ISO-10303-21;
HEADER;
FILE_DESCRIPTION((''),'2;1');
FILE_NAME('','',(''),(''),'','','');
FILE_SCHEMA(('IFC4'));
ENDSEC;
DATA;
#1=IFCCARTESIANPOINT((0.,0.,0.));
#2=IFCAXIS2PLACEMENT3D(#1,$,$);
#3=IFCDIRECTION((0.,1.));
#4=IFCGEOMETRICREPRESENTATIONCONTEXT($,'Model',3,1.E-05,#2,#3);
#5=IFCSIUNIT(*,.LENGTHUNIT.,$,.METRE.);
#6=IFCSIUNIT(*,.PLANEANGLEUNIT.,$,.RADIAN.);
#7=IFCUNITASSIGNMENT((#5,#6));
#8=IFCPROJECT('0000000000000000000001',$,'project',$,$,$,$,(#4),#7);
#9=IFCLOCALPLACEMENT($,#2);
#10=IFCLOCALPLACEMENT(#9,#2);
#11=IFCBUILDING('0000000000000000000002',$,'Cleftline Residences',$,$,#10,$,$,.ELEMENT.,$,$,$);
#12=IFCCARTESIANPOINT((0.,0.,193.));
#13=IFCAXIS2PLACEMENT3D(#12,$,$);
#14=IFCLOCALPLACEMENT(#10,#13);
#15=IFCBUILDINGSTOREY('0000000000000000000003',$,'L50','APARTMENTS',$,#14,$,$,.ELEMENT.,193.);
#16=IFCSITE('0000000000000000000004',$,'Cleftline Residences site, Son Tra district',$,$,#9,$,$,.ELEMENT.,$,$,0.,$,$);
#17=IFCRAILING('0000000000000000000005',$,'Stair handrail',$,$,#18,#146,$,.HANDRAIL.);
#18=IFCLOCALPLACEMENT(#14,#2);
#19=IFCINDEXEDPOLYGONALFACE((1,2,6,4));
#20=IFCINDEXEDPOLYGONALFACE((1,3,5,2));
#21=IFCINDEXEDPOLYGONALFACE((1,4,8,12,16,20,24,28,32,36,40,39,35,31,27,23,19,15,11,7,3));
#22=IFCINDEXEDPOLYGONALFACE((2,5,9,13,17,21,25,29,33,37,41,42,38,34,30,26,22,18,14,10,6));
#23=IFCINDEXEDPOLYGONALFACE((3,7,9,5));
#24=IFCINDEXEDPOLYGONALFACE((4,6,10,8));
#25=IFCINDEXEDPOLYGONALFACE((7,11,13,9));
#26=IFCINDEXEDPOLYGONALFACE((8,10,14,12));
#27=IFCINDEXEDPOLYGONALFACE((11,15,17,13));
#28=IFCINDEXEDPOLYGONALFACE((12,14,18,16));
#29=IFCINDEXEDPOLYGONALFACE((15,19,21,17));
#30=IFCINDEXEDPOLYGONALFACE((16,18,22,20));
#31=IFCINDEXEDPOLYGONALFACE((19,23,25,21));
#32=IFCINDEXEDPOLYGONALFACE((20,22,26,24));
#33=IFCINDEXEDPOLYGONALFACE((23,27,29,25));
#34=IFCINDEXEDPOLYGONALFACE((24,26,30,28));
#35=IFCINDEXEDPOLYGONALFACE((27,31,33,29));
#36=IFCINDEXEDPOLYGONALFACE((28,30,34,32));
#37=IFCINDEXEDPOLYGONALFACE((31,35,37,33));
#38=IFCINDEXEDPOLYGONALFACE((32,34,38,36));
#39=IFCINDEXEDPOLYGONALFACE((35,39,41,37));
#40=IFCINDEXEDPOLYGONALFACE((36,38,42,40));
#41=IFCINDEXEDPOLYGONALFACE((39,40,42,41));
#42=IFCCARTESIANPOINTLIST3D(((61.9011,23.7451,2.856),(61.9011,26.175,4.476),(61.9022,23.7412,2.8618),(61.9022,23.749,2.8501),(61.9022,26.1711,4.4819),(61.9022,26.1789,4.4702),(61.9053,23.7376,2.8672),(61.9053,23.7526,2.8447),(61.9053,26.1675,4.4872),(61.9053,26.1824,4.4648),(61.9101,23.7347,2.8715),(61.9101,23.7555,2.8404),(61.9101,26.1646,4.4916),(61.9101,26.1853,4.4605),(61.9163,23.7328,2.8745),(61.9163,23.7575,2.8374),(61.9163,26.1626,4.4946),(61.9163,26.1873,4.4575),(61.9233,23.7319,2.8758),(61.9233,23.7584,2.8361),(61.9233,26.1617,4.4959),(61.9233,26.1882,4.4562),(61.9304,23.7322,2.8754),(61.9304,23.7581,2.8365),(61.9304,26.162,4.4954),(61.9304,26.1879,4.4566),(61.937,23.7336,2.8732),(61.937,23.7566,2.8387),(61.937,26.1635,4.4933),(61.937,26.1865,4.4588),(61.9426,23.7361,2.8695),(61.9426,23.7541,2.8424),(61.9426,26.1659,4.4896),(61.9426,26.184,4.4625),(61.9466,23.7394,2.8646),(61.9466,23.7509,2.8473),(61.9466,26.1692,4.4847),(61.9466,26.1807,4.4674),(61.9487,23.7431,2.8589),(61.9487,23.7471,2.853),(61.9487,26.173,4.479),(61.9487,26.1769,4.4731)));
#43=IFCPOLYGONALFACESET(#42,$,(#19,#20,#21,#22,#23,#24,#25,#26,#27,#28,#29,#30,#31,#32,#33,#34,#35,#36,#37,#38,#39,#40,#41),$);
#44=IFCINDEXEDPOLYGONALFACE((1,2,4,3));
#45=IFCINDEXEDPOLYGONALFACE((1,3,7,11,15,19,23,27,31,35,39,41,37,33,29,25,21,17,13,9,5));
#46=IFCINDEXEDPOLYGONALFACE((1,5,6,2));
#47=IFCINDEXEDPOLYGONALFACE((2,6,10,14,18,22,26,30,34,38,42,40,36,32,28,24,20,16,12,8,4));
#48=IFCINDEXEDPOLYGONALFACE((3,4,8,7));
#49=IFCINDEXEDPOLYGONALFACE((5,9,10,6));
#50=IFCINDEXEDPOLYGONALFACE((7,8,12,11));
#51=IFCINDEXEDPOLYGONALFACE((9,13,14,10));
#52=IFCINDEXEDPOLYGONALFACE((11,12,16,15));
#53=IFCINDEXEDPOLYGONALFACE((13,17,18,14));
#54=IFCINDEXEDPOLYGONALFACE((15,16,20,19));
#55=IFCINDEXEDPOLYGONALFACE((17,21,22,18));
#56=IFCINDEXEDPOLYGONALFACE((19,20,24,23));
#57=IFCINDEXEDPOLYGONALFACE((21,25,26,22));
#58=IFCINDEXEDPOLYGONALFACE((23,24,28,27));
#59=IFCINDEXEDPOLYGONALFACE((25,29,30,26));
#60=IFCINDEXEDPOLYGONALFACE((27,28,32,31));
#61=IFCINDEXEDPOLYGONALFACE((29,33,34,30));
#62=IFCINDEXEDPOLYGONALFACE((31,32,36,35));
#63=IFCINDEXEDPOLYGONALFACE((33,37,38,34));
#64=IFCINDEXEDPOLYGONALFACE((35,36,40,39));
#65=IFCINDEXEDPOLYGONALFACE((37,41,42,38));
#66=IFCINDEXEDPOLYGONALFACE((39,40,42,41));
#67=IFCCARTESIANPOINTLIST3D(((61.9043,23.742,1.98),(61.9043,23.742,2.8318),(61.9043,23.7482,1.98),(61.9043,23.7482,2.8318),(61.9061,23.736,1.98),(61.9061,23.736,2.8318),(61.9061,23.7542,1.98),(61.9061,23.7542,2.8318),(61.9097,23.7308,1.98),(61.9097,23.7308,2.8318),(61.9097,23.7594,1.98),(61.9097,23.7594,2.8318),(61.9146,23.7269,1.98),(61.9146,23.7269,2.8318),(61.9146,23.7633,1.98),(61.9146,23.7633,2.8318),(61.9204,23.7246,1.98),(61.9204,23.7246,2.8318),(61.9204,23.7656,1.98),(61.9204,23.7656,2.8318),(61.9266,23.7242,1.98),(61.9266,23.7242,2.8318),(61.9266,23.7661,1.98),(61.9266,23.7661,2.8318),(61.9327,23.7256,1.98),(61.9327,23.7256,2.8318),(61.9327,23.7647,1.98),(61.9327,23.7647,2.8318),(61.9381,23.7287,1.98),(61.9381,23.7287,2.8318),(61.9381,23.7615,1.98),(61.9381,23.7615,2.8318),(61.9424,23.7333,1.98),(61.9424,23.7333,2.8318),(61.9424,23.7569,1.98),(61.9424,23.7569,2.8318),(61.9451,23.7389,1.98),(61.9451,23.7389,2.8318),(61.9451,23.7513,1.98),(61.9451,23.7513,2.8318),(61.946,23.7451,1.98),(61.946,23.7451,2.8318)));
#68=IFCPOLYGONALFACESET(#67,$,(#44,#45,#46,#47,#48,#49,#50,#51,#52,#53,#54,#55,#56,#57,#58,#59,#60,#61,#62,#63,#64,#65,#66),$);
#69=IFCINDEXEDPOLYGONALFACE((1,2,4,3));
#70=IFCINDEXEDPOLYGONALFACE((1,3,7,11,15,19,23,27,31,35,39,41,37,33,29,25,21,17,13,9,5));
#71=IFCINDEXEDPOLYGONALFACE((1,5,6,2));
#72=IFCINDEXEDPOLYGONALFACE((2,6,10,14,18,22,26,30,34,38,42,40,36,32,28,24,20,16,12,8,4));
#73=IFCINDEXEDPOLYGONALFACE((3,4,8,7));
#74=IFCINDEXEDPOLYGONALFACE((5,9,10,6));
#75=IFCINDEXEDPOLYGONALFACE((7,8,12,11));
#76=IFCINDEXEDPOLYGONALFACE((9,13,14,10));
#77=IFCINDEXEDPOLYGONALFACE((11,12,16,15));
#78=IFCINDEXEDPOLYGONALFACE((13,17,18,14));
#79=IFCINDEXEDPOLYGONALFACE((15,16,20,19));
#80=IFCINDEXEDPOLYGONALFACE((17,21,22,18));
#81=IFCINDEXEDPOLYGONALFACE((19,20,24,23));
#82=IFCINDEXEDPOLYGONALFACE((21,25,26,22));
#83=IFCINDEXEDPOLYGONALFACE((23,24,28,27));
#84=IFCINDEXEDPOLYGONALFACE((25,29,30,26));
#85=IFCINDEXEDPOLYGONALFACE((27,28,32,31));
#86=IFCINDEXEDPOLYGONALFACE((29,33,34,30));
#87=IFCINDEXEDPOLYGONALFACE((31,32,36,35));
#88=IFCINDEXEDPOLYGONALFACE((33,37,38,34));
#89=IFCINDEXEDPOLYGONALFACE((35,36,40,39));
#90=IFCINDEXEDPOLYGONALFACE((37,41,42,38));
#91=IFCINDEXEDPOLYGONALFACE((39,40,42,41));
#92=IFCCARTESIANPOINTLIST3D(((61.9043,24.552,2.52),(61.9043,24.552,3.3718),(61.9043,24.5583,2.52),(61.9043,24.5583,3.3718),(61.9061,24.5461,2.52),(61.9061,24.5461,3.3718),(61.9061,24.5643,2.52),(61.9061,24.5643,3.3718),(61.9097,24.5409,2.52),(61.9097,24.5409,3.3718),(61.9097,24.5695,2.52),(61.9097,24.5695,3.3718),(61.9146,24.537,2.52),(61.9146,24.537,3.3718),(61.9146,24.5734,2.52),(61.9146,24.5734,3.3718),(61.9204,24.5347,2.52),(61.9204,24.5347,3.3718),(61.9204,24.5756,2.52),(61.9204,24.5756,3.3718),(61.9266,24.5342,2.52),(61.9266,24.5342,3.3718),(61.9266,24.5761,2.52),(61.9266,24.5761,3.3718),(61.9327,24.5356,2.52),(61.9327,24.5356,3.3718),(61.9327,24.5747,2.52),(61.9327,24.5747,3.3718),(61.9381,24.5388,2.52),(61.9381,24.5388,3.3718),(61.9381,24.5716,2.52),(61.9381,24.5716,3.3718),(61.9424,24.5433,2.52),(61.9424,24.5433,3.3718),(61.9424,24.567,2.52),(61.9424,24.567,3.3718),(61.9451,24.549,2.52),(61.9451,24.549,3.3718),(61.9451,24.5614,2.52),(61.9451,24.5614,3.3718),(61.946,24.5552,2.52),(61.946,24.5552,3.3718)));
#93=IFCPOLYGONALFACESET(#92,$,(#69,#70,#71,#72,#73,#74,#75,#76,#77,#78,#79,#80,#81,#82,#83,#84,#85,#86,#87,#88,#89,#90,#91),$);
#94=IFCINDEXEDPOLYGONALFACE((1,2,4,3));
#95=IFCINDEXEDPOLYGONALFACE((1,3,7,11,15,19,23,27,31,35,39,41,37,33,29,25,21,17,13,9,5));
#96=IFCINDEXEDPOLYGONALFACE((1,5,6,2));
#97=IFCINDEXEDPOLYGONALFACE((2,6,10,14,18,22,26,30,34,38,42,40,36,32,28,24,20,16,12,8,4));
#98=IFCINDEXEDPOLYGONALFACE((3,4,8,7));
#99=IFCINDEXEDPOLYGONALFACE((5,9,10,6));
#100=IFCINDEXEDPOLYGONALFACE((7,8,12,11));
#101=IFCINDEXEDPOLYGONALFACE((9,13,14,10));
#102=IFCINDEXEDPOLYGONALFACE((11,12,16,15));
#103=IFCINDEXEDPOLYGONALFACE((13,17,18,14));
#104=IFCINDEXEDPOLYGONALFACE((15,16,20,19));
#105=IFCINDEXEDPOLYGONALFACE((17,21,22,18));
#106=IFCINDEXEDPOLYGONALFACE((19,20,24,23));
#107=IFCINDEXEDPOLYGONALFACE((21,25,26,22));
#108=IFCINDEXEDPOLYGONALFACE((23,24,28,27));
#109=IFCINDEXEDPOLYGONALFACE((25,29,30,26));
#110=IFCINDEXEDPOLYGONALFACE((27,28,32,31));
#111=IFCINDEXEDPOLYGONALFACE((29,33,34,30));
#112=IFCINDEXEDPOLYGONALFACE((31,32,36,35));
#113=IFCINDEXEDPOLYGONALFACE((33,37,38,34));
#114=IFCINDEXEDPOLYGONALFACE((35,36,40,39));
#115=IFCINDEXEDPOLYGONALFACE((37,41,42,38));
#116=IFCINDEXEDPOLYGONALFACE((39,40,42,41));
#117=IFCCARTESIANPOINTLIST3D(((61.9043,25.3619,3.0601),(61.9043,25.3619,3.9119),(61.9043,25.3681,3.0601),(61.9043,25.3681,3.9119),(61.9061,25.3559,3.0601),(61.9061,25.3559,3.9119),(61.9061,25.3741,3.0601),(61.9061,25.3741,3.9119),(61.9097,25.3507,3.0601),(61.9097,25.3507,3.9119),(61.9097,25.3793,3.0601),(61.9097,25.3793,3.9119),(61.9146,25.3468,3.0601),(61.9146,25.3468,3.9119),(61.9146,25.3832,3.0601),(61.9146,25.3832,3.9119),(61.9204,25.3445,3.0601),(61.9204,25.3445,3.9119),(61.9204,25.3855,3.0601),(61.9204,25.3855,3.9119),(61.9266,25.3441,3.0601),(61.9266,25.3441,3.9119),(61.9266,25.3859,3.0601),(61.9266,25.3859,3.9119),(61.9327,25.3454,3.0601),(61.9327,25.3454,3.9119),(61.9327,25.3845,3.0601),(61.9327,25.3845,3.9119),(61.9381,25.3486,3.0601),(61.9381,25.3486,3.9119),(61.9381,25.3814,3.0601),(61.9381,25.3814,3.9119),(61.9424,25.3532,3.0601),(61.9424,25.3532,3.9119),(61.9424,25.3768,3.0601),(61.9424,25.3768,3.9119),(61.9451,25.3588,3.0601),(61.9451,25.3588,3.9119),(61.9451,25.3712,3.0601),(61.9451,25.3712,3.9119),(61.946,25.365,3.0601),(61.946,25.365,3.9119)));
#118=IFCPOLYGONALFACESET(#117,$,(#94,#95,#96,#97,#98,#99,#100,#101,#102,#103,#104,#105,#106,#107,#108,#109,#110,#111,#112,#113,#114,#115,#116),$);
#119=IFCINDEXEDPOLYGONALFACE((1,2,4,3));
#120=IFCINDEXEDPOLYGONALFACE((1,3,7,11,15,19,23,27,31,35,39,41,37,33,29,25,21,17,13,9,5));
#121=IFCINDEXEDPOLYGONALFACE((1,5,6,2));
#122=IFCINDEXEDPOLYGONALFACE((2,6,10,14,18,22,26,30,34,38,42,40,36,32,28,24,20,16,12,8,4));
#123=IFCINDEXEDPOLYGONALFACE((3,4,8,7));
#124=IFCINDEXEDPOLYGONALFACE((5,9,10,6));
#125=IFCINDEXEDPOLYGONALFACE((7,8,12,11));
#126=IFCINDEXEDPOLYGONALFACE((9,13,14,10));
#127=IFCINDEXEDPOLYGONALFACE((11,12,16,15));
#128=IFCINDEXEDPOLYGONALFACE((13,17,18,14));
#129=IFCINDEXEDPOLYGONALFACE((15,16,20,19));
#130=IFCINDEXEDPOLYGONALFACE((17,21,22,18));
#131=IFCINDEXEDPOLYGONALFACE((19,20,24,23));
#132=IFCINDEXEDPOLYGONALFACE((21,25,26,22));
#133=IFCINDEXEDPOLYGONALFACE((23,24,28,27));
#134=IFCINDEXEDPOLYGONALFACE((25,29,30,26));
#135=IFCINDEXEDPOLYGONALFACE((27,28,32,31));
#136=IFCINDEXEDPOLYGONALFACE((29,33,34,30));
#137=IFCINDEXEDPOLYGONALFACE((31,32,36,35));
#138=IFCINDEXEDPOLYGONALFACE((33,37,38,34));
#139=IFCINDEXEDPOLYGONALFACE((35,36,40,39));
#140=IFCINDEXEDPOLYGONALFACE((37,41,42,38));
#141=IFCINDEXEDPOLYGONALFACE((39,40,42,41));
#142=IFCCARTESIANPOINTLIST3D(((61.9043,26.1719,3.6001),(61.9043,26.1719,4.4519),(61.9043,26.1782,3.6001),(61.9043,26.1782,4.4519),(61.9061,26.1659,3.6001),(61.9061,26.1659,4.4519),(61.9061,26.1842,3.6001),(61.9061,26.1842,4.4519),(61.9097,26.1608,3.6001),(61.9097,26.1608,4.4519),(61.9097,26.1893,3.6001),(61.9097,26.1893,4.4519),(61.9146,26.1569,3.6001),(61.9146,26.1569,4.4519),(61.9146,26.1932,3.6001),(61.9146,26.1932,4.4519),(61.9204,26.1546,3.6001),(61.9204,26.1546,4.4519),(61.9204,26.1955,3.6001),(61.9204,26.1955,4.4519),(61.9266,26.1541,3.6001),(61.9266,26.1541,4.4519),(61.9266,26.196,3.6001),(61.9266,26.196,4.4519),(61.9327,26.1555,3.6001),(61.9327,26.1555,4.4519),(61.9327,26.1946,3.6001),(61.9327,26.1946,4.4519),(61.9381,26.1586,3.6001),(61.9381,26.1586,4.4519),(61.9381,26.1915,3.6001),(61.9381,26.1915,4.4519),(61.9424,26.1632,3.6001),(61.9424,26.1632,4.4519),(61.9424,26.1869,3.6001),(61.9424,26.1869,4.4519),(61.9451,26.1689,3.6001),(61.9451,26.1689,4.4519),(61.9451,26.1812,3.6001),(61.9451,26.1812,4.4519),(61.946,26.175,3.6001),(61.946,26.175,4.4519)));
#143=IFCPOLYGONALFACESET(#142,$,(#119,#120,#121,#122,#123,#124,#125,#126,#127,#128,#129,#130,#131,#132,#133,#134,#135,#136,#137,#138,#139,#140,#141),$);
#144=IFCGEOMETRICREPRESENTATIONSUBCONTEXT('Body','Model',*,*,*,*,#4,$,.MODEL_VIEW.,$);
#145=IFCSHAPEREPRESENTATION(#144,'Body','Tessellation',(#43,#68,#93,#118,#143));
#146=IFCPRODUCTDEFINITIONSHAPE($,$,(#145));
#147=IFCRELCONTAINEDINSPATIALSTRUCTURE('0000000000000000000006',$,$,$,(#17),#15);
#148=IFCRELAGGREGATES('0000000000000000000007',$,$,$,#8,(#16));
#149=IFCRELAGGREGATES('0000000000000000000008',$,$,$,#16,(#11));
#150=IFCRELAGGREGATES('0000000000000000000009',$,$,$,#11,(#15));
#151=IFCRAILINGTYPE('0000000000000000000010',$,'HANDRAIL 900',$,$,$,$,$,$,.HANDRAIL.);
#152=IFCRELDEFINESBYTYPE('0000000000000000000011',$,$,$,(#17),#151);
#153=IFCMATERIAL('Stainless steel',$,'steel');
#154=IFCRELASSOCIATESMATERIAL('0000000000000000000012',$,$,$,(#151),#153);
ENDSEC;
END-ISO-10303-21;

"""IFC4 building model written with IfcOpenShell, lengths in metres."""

from ifc_helpers import new_model, si_unit, direction, frame, origin, origin_2d, place, context, subcontext, project, spatial, circle, extrude, material, type_object, element, save


model = new_model("IFC4")

# Units and contexts
model_context = context("Model", 3, precision=1e-05, world=origin(), true_north=direction((0.0, 1.0)))
body_context = subcontext(model_context, "Body", "Model", "MODEL_VIEW")
ifc_project = project(units=[si_unit("LENGTHUNIT", "METRE"), si_unit("PLANEANGLEUNIT", "RADIAN")], contexts=[model_context])

# Site, building, storey
site_placement = place(None, origin())
site = spatial("IfcSite", under=ifc_project, at=site_placement, Name="Cleftline Residences site, Son Tra district", CompositionType="ELEMENT", RefElevation=0.0)
building_placement = place(site_placement, origin())
building = spatial("IfcBuilding", under=site, at=building_placement, Name="Cleftline Residences", CompositionType="ELEMENT")
storey_placement = place(building_placement, frame((0.0, 0.0, 193.0)))
storey = spatial("IfcBuildingStorey", under=building, at=storey_placement, Name="L50", Description="APARTMENTS", CompositionType="ELEMENT", Elevation=193.0)

# Railing
ifc_material_1 = material(Name="Stainless steel", Category="steel")
railing_type = type_object("IfcRailingType", Name="HANDRAIL 900", PredefinedType="HANDRAIL", material=ifc_material_1)
railing_placement = place(storey_placement, frame((61.925, 23.7451, 1.98)))
element("IfcRailing", 1, at=railing_placement, inside=storey, type_object=railing_type, Name="Stair handrail", PredefinedType="HANDRAIL", context=body_context, shape_type="SweptSolid", body=[
    extrude(circle(Radius=0.0239, at=origin_2d()), frame((0.0, 0.0, 0.876), z_axis=(0.0, 0.832025, 0.554739), x_axis=(-1.0, 0.0, 0.0)), (0.0, 0.0, 1.0), 2.9204),
    extrude(circle(Radius=0.021, at=origin_2d()), origin(), (0.0, 0.0, 1.0), 0.8518),
    extrude(circle(Radius=0.021, at=origin_2d()), frame((0.0, 0.8101, 0.54)), (0.0, 0.0, 1.0), 0.8518),
    extrude(circle(Radius=0.021, at=origin_2d()), frame((0.0, 1.6199, 1.0801)), (0.0, 0.0, 1.0), 0.8518),
    extrude(circle(Radius=0.021, at=origin_2d()), frame((0.0, 2.4299, 1.6201)), (0.0, 0.0, 1.0), 0.8518),
])

save(model, "model.ifc")
